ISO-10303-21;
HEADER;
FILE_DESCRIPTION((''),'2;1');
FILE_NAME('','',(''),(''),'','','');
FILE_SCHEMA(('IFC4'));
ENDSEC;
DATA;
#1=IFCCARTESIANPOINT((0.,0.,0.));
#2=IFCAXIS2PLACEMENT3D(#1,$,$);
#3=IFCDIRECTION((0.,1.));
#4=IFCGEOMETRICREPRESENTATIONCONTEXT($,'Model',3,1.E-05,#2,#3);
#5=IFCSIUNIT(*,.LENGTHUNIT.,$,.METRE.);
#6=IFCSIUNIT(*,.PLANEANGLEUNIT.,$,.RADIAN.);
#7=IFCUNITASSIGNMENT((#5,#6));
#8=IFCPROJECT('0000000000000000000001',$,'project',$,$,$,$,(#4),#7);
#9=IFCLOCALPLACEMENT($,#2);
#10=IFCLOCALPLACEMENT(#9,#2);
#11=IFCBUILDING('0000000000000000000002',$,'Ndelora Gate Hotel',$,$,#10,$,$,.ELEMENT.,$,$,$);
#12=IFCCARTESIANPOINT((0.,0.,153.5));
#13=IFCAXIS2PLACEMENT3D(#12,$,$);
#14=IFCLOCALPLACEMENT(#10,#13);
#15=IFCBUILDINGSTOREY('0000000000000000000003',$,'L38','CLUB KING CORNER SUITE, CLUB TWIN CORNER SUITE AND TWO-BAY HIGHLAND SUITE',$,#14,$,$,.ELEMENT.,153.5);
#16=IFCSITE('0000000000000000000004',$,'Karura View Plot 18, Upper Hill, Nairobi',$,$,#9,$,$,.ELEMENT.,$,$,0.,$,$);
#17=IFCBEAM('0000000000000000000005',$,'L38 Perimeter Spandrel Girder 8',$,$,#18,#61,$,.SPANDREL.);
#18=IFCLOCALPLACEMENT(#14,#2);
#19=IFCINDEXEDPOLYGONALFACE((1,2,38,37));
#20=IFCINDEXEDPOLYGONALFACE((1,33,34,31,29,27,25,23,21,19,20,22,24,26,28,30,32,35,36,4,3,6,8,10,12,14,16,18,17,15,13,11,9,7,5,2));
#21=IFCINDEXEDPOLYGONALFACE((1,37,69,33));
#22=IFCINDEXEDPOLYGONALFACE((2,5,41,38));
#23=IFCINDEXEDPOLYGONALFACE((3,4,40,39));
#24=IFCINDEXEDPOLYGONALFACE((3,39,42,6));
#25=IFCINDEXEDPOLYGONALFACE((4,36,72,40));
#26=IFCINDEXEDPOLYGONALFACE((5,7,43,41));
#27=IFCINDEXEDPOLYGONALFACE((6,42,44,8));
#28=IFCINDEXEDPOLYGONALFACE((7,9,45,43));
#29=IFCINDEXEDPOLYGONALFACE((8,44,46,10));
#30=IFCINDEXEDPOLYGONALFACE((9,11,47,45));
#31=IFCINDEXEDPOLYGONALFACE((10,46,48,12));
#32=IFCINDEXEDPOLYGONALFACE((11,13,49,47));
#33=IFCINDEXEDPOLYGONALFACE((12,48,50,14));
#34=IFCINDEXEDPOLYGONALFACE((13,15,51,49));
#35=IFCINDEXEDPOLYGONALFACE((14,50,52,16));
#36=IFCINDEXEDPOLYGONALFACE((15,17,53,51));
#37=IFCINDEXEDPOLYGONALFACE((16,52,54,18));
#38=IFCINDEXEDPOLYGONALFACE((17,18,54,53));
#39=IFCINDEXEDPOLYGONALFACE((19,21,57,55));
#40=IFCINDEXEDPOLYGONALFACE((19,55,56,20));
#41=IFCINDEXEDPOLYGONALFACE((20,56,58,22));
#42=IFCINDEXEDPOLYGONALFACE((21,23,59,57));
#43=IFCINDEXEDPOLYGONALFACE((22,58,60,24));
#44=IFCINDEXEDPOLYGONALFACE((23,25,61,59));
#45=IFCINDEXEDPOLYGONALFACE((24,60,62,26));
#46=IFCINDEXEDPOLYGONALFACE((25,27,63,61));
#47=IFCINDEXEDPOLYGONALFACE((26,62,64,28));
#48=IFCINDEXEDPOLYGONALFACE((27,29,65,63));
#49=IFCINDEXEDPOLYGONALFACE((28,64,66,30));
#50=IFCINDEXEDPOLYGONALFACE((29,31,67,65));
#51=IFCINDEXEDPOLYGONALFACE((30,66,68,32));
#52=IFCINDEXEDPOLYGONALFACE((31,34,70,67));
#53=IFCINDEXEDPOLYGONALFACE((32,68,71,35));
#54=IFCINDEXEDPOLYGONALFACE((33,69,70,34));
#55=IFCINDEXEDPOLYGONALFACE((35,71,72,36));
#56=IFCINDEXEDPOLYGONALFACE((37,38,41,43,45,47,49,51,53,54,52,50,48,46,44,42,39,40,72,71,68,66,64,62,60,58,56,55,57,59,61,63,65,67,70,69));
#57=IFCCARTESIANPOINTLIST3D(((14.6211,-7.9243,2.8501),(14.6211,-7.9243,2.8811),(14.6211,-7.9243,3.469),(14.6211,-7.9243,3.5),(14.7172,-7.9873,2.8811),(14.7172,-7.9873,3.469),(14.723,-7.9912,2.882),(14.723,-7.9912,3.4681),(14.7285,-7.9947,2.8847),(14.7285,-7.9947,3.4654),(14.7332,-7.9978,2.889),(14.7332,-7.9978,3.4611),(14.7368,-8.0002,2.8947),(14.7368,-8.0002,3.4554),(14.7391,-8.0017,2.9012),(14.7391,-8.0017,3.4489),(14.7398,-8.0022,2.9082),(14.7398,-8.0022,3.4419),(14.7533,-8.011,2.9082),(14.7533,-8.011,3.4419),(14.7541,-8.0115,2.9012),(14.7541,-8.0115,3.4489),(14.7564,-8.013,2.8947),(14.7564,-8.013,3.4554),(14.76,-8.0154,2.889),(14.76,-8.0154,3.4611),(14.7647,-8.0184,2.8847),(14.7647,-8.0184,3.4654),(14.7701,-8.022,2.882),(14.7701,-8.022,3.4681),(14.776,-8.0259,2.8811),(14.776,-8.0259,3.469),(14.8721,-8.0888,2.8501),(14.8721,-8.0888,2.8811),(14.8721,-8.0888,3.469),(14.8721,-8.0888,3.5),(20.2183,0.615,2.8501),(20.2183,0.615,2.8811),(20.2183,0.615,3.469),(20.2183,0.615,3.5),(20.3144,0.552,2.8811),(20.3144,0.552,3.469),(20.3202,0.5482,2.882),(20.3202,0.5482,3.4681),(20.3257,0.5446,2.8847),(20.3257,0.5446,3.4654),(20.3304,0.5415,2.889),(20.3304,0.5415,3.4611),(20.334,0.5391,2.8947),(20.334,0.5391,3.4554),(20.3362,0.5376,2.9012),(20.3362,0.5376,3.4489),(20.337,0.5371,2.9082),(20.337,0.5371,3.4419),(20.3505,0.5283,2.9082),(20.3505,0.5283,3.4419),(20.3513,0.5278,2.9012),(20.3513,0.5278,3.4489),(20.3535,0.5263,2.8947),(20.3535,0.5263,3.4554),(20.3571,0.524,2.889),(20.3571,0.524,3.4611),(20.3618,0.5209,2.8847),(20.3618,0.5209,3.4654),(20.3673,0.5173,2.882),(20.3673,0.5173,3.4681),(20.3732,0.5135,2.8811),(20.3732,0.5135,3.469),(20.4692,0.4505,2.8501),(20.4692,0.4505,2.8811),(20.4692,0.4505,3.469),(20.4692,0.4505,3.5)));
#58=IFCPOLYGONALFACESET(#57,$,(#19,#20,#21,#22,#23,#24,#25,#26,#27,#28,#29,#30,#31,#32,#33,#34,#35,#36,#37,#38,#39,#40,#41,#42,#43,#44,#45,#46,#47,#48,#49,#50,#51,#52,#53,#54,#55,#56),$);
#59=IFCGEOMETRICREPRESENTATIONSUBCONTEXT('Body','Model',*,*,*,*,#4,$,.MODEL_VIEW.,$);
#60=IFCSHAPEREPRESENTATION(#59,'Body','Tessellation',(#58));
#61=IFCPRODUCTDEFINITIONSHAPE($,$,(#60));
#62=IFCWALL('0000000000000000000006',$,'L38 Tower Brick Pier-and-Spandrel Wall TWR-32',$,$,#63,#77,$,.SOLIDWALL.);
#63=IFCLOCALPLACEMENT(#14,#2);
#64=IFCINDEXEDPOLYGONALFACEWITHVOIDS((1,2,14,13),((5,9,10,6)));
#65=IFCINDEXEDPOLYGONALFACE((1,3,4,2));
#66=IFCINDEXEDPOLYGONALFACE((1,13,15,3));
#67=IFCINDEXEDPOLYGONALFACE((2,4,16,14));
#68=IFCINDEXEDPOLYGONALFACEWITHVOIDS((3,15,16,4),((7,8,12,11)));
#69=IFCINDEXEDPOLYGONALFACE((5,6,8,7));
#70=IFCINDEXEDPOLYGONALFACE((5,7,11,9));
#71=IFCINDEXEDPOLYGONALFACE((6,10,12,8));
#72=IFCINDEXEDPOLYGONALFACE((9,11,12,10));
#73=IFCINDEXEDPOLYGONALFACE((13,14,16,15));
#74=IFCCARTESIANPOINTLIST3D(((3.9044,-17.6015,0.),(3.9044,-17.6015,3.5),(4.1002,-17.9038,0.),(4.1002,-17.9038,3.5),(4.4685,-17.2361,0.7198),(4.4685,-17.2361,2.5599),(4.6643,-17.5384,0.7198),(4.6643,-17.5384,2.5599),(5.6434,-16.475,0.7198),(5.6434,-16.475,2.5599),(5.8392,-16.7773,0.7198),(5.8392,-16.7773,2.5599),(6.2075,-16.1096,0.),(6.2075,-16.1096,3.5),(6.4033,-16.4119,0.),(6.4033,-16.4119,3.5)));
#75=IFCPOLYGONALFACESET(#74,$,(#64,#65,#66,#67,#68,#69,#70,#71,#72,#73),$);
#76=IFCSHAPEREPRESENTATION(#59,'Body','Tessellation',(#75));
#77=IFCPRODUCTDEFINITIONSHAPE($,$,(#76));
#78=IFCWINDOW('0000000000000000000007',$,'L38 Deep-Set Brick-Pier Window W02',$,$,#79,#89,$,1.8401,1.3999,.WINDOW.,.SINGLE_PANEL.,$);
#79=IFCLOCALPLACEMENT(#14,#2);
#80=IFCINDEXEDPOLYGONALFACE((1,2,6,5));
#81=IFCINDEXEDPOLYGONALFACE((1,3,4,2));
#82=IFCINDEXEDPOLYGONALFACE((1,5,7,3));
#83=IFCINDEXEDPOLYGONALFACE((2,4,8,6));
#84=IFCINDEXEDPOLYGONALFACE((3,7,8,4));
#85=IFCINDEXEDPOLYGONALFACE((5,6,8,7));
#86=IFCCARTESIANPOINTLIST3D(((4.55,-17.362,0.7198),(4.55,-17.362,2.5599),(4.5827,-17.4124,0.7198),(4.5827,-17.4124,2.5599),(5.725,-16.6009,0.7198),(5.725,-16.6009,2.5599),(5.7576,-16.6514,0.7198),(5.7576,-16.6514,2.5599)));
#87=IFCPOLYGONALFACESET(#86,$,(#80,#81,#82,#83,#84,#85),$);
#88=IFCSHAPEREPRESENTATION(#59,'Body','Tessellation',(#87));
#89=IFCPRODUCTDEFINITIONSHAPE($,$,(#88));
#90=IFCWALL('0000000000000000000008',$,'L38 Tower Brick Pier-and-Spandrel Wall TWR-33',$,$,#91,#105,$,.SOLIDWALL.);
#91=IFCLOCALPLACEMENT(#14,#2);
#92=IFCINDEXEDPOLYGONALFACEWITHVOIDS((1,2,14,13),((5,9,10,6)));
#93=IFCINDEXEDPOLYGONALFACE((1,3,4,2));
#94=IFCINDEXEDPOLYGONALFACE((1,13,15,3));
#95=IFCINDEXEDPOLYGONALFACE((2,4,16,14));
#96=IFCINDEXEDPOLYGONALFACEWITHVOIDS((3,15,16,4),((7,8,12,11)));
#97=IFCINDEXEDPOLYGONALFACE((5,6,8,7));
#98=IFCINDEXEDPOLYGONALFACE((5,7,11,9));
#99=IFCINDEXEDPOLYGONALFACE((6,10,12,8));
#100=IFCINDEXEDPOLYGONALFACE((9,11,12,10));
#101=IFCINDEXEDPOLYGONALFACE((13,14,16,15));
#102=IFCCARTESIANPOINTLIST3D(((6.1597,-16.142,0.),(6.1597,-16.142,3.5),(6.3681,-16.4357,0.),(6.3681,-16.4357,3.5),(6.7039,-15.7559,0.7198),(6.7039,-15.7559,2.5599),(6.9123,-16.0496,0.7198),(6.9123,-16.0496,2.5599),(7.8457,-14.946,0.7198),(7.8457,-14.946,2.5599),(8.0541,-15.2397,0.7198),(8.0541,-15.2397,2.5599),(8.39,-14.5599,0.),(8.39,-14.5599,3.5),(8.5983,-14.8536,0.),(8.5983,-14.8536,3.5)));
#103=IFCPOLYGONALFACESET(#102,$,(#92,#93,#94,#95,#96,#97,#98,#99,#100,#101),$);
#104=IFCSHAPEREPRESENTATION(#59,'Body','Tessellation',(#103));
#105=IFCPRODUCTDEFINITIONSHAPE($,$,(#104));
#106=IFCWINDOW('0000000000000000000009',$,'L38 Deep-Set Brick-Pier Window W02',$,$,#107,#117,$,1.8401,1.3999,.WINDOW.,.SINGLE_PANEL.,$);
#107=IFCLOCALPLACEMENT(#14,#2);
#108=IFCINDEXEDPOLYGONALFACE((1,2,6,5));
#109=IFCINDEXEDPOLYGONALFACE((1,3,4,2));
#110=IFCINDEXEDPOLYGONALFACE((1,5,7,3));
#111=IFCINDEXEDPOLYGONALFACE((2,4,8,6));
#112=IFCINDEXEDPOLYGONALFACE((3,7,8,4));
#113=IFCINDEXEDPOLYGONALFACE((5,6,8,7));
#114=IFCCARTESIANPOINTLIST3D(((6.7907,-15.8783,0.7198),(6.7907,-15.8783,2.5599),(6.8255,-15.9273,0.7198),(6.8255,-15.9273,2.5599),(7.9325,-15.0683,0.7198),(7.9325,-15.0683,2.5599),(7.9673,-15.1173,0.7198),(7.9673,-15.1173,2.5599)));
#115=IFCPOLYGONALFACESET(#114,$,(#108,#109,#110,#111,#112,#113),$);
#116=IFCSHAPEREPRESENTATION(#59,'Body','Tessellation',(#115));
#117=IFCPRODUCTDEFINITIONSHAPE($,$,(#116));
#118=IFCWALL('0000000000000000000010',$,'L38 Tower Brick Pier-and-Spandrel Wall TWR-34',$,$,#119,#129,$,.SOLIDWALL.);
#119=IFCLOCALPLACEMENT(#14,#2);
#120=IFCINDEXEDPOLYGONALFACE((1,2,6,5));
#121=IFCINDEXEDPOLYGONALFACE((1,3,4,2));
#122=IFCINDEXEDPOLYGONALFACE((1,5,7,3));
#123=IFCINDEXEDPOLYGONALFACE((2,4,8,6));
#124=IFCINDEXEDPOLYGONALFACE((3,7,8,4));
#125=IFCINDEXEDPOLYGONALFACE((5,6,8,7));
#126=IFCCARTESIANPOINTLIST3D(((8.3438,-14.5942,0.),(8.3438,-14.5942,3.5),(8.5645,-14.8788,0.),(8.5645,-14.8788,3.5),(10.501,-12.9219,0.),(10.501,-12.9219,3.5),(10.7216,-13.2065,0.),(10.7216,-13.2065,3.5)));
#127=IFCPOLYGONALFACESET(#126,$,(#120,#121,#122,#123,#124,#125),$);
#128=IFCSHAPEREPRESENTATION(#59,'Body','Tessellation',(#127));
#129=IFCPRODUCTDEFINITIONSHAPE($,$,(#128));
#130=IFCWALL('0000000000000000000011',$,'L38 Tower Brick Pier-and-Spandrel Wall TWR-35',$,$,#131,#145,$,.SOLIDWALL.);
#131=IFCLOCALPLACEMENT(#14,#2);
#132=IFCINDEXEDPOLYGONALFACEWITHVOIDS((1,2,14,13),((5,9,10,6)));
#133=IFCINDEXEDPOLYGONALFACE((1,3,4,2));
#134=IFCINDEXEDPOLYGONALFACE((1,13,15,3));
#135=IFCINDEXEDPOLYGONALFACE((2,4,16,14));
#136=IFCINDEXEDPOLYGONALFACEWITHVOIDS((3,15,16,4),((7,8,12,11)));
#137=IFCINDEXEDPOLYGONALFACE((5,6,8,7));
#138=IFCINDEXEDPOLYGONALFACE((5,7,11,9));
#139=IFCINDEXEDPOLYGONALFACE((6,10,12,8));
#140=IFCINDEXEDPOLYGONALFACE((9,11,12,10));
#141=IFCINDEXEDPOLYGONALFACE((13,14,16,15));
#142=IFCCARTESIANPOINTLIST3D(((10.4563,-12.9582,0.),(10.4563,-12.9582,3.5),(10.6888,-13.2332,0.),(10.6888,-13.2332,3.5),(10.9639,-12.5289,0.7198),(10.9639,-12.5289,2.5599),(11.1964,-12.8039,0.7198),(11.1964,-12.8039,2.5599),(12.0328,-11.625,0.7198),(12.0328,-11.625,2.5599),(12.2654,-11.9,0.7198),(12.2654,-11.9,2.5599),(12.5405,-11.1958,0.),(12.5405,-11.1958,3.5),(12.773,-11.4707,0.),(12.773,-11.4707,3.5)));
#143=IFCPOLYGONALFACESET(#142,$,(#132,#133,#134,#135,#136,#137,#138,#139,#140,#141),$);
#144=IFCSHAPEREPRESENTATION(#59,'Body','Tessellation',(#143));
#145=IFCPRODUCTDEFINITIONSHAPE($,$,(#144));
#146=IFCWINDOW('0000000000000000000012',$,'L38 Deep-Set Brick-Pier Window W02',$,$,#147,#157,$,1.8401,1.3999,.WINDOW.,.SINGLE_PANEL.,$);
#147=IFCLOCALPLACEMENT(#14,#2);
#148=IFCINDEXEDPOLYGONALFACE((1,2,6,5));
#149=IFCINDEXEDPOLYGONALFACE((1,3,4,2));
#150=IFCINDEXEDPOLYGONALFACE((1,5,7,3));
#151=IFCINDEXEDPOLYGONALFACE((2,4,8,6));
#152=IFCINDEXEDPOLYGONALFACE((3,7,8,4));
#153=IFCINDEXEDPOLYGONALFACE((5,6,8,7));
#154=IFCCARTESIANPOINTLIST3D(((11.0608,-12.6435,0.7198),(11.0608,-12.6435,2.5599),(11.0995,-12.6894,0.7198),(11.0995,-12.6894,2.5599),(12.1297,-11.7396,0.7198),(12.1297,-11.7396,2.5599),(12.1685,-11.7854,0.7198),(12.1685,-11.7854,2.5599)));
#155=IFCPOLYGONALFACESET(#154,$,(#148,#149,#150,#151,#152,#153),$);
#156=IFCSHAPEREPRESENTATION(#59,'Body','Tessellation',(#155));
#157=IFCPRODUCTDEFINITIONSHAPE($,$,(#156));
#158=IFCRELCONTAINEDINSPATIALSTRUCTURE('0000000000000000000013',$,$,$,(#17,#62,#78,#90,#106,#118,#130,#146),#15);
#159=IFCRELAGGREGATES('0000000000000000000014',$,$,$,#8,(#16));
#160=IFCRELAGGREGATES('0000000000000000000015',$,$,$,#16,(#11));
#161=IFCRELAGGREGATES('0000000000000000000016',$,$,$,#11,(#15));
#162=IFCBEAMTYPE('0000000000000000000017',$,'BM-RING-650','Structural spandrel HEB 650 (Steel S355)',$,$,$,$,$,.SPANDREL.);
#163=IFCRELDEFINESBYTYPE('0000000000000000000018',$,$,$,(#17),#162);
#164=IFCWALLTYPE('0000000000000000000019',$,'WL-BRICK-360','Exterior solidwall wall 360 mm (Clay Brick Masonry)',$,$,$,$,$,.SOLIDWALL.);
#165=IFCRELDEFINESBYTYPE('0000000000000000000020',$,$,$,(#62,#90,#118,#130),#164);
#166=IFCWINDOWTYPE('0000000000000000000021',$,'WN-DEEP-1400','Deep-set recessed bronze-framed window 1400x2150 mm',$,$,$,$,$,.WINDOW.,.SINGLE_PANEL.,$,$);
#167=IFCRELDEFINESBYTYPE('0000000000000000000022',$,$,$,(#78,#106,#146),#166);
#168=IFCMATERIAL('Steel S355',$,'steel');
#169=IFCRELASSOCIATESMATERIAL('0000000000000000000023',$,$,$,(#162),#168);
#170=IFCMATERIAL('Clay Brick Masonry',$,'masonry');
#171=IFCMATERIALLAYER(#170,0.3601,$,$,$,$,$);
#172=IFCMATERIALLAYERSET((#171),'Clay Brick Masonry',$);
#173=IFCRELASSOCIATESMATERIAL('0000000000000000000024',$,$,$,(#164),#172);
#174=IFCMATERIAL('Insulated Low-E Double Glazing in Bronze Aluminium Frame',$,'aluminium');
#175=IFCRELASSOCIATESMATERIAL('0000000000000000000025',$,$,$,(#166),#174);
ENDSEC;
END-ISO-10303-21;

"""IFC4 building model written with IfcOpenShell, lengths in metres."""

from ifc_helpers import new_model, si_unit, direction, frame, frame_2d, origin, origin_2d, place, context, subcontext, project, spatial, rectangle, i_section, extrude, material, layer, layer_set, material_profile, profile_set, type_object, element, fill, save


model = new_model("IFC4")

# Units and contexts
model_context = context("Model", 3, precision=1e-05, world=origin(), true_north=direction((0.0, 1.0)))
body_context = subcontext(model_context, "Body", "Model", "MODEL_VIEW")
ifc_project = project(units=[si_unit("LENGTHUNIT", "METRE"), si_unit("PLANEANGLEUNIT", "RADIAN")], contexts=[model_context])

# Site, building, storey
site_placement = place(None, origin())
site = spatial("IfcSite", under=ifc_project, at=site_placement, Name="Karura View Plot 18, Upper Hill, Nairobi", CompositionType="ELEMENT", RefElevation=0.0)
building_placement = place(site_placement, origin())
building = spatial("IfcBuilding", under=site, at=building_placement, Name="Ndelora Gate Hotel", CompositionType="ELEMENT")
storey_placement = place(building_placement, frame((0.0, 0.0, 153.5)))
storey = spatial("IfcBuildingStorey", under=building, at=storey_placement, Name="L38", Description="CLUB KING CORNER SUITE, CLUB TWIN CORNER SUITE AND TWO-BAY HIGHLAND SUITE", CompositionType="ELEMENT", Elevation=153.5)

# Beam
ifc_material_1 = material(Name="Steel S355", Category="steel")
ifc_material_profile_1 = material_profile(ifc_material_1, i_section(OverallWidth=0.3, OverallDepth=0.6499, WebThickness=0.0161, FlangeThickness=0.031, FilletRadius=0.0271, at=origin_2d()), Name="HEB 650")
ifc_profile_set_1 = profile_set([ifc_material_profile_1], Name="Steel S355")
beam_type_1 = type_object("IfcBeamType", Name="BM-RING-650", Description="Structural spandrel HEB 650 (Steel S355)", PredefinedType="SPANDREL", material=ifc_profile_set_1)
beam_1_placement = place(storey_placement, frame((14.7466, -8.0066, 3.175), z_axis=(0.548194, 0.836351, 0.0), x_axis=(-0.836351, 0.548194, 0.0)))
element("IfcBeam", 1, at=beam_1_placement, inside=storey, type_object=beam_type_1, Name="L38 Perimeter Spandrel Girder 8", PredefinedType="SPANDREL", context=body_context, shape_type="SweptSolid", body=[
    extrude(i_section(OverallWidth=0.3, OverallDepth=0.6499, WebThickness=0.0161, FlangeThickness=0.031, FilletRadius=0.0271, at=origin_2d()), origin(), (0.0, 0.0, 1.0), 10.2102),
])

# Walls, openings, windows
ifc_material_2 = material(Name="Clay Brick Masonry", Category="masonry")
ifc_layer_1 = layer(ifc_material_2, 0.3601)
ifc_layer_set_1 = layer_set([ifc_layer_1], Name="Clay Brick Masonry")
wall_type_1 = type_object("IfcWallType", Name="WL-BRICK-360", Description="Exterior solidwall wall 360 mm (Clay Brick Masonry)", PredefinedType="SOLIDWALL", material=ifc_layer_set_1)
wall_1_placement = place(storey_placement, frame((6.3054, -16.2607, 0.0), z_axis=(0.0, 0.0, 1.0), x_axis=(-0.8393, -0.543668, 0.0)))
wall_1 = element("IfcWall", 2, at=wall_1_placement, inside=storey, type_object=wall_type_1, Name="L38 Tower Brick Pier-and-Spandrel Wall TWR-32", PredefinedType="SOLIDWALL", context=body_context, shape_type="SweptSolid", body=[
    extrude(rectangle(XDim=2.7441, YDim=0.3601, at=frame_2d((1.3721, 0.0))), origin(), (0.0, 0.0, 1.0), 3.5),
])
opening_1_placement = place(wall_1_placement, frame((0.6721, 0.0, 0.72)))
opening_1 = element("IfcOpeningElement", 3, at=opening_1_placement, cuts=wall_1, PredefinedType="OPENING", context=body_context, shape_type="SweptSolid", body=[
    extrude(rectangle(XDim=1.3999, YDim=1.8401, at=frame_2d((0.7, 0.9199))), frame((0.0, 0.1899, 0.0), z_axis=(0.0, -1.0, 0.0), x_axis=(1.0, 0.0, 0.0)), (0.0, 0.0, 1.0), 0.3801),
])
ifc_material_3 = material(Name="Insulated Low-E Double Glazing in Bronze Aluminium Frame", Category="aluminium")
window_type = type_object("IfcWindowType", Name="WN-DEEP-1400", Description="Deep-set recessed bronze-framed window 1400x2150 mm", PartitioningType="SINGLE_PANEL", PredefinedType="WINDOW", material=ifc_material_3)
window_1_placement = place(opening_1_placement, origin())
window_1 = element("IfcWindow", 4, at=window_1_placement, inside=storey, type_object=window_type, Name="L38 Deep-Set Brick-Pier Window W02", OverallHeight=1.8401, OverallWidth=1.3999, PartitioningType="SINGLE_PANEL", PredefinedType="WINDOW", context=body_context, shape_type="SweptSolid", body=[
    extrude(rectangle(XDim=1.3999, YDim=1.8401, at=frame_2d((0.7, 0.9199))), frame((0.0, 0.03, 0.0), z_axis=(0.0, -1.0, 0.0), x_axis=(1.0, 0.0, 0.0)), (0.0, 0.0, 1.0), 0.0601),
])
fill(opening_1, window_1)
wall_2_placement = place(storey_placement, frame((8.4941, -14.7068, 0.0), z_axis=(0.0, 0.0, 1.0), x_axis=(-0.815629, -0.578575, 0.0)))
wall_2 = element("IfcWall", 5, at=wall_2_placement, inside=storey, type_object=wall_type_1, Name="L38 Tower Brick Pier-and-Spandrel Wall TWR-33", PredefinedType="SOLIDWALL", context=body_context, shape_type="SweptSolid", body=[
    extrude(rectangle(XDim=2.7344, YDim=0.3601, at=frame_2d((1.3672, 0.0))), origin(), (0.0, 0.0, 1.0), 3.5),
])
opening_2_placement = place(wall_2_placement, frame((0.6672, 0.0, 0.72)))
opening_2 = element("IfcOpeningElement", 6, at=opening_2_placement, cuts=wall_2, PredefinedType="OPENING", context=body_context, shape_type="SweptSolid", body=[
    extrude(rectangle(XDim=1.3999, YDim=1.8401, at=frame_2d((0.7, 0.9199))), frame((0.0, 0.1899, 0.0), z_axis=(0.0, -1.0, 0.0), x_axis=(1.0, 0.0, 0.0)), (0.0, 0.0, 1.0), 0.3801),
])
window_2_placement = place(opening_2_placement, origin())
window_2 = element("IfcWindow", 7, at=window_2_placement, inside=storey, type_object=window_type, Name="L38 Deep-Set Brick-Pier Window W02", OverallHeight=1.8401, OverallWidth=1.3999, PartitioningType="SINGLE_PANEL", PredefinedType="WINDOW", context=body_context, shape_type="SweptSolid", body=[
    extrude(rectangle(XDim=1.3999, YDim=1.8401, at=frame_2d((0.7, 0.9199))), frame((0.0, 0.03, 0.0), z_axis=(0.0, -1.0, 0.0), x_axis=(1.0, 0.0, 0.0)), (0.0, 0.0, 1.0), 0.0601),
])
fill(opening_2, window_2)

# Wall
wall_3_placement = place(storey_placement, frame((10.6113, -13.0642, 0.0), z_axis=(0.0, 0.0, 1.0), x_axis=(-0.790324, -0.612689, 0.0)))
element("IfcWall", 8, at=wall_3_placement, inside=storey, type_object=wall_type_1, Name="L38 Tower Brick Pier-and-Spandrel Wall TWR-34", PredefinedType="SOLIDWALL", context=body_context, shape_type="SweptSolid", body=[
    extrude(rectangle(XDim=2.7295, YDim=0.3601, at=frame_2d((1.3647, 0.0))), origin(), (0.0, 0.0, 1.0), 3.5),
])

# Wall, opening, window
wall_4_placement = place(storey_placement, frame((12.6567, -11.3333, 0.0), z_axis=(0.0, 0.0, 1.0), x_axis=(-0.76359, -0.645702, 0.0)))
wall_4 = element("IfcWall", 9, at=wall_4_placement, inside=storey, type_object=wall_type_1, Name="L38 Tower Brick Pier-and-Spandrel Wall TWR-35", PredefinedType="SOLIDWALL", context=body_context, shape_type="SweptSolid", body=[
    extrude(rectangle(XDim=2.7295, YDim=0.3601, at=frame_2d((1.3647, 0.0))), origin(), (0.0, 0.0, 1.0), 3.5),
])
opening_3_placement = place(wall_4_placement, frame((0.6648, 0.0, 0.72)))
opening_3 = element("IfcOpeningElement", 10, at=opening_3_placement, cuts=wall_4, PredefinedType="OPENING", context=body_context, shape_type="SweptSolid", body=[
    extrude(rectangle(XDim=1.3999, YDim=1.8401, at=frame_2d((0.7, 0.9199))), frame((0.0, 0.1899, 0.0), z_axis=(0.0, -1.0, 0.0), x_axis=(1.0, 0.0, 0.0)), (0.0, 0.0, 1.0), 0.3801),
])
window_3_placement = place(opening_3_placement, origin())
window_3 = element("IfcWindow", 11, at=window_3_placement, inside=storey, type_object=window_type, Name="L38 Deep-Set Brick-Pier Window W02", OverallHeight=1.8401, OverallWidth=1.3999, PartitioningType="SINGLE_PANEL", PredefinedType="WINDOW", context=body_context, shape_type="SweptSolid", body=[
    extrude(rectangle(XDim=1.3999, YDim=1.8401, at=frame_2d((0.7, 0.9199))), frame((0.0, 0.03, 0.0), z_axis=(0.0, -1.0, 0.0), x_axis=(1.0, 0.0, 0.0)), (0.0, 0.0, 1.0), 0.0601),
])
fill(opening_3, window_3)

save(model, "model.ifc")
